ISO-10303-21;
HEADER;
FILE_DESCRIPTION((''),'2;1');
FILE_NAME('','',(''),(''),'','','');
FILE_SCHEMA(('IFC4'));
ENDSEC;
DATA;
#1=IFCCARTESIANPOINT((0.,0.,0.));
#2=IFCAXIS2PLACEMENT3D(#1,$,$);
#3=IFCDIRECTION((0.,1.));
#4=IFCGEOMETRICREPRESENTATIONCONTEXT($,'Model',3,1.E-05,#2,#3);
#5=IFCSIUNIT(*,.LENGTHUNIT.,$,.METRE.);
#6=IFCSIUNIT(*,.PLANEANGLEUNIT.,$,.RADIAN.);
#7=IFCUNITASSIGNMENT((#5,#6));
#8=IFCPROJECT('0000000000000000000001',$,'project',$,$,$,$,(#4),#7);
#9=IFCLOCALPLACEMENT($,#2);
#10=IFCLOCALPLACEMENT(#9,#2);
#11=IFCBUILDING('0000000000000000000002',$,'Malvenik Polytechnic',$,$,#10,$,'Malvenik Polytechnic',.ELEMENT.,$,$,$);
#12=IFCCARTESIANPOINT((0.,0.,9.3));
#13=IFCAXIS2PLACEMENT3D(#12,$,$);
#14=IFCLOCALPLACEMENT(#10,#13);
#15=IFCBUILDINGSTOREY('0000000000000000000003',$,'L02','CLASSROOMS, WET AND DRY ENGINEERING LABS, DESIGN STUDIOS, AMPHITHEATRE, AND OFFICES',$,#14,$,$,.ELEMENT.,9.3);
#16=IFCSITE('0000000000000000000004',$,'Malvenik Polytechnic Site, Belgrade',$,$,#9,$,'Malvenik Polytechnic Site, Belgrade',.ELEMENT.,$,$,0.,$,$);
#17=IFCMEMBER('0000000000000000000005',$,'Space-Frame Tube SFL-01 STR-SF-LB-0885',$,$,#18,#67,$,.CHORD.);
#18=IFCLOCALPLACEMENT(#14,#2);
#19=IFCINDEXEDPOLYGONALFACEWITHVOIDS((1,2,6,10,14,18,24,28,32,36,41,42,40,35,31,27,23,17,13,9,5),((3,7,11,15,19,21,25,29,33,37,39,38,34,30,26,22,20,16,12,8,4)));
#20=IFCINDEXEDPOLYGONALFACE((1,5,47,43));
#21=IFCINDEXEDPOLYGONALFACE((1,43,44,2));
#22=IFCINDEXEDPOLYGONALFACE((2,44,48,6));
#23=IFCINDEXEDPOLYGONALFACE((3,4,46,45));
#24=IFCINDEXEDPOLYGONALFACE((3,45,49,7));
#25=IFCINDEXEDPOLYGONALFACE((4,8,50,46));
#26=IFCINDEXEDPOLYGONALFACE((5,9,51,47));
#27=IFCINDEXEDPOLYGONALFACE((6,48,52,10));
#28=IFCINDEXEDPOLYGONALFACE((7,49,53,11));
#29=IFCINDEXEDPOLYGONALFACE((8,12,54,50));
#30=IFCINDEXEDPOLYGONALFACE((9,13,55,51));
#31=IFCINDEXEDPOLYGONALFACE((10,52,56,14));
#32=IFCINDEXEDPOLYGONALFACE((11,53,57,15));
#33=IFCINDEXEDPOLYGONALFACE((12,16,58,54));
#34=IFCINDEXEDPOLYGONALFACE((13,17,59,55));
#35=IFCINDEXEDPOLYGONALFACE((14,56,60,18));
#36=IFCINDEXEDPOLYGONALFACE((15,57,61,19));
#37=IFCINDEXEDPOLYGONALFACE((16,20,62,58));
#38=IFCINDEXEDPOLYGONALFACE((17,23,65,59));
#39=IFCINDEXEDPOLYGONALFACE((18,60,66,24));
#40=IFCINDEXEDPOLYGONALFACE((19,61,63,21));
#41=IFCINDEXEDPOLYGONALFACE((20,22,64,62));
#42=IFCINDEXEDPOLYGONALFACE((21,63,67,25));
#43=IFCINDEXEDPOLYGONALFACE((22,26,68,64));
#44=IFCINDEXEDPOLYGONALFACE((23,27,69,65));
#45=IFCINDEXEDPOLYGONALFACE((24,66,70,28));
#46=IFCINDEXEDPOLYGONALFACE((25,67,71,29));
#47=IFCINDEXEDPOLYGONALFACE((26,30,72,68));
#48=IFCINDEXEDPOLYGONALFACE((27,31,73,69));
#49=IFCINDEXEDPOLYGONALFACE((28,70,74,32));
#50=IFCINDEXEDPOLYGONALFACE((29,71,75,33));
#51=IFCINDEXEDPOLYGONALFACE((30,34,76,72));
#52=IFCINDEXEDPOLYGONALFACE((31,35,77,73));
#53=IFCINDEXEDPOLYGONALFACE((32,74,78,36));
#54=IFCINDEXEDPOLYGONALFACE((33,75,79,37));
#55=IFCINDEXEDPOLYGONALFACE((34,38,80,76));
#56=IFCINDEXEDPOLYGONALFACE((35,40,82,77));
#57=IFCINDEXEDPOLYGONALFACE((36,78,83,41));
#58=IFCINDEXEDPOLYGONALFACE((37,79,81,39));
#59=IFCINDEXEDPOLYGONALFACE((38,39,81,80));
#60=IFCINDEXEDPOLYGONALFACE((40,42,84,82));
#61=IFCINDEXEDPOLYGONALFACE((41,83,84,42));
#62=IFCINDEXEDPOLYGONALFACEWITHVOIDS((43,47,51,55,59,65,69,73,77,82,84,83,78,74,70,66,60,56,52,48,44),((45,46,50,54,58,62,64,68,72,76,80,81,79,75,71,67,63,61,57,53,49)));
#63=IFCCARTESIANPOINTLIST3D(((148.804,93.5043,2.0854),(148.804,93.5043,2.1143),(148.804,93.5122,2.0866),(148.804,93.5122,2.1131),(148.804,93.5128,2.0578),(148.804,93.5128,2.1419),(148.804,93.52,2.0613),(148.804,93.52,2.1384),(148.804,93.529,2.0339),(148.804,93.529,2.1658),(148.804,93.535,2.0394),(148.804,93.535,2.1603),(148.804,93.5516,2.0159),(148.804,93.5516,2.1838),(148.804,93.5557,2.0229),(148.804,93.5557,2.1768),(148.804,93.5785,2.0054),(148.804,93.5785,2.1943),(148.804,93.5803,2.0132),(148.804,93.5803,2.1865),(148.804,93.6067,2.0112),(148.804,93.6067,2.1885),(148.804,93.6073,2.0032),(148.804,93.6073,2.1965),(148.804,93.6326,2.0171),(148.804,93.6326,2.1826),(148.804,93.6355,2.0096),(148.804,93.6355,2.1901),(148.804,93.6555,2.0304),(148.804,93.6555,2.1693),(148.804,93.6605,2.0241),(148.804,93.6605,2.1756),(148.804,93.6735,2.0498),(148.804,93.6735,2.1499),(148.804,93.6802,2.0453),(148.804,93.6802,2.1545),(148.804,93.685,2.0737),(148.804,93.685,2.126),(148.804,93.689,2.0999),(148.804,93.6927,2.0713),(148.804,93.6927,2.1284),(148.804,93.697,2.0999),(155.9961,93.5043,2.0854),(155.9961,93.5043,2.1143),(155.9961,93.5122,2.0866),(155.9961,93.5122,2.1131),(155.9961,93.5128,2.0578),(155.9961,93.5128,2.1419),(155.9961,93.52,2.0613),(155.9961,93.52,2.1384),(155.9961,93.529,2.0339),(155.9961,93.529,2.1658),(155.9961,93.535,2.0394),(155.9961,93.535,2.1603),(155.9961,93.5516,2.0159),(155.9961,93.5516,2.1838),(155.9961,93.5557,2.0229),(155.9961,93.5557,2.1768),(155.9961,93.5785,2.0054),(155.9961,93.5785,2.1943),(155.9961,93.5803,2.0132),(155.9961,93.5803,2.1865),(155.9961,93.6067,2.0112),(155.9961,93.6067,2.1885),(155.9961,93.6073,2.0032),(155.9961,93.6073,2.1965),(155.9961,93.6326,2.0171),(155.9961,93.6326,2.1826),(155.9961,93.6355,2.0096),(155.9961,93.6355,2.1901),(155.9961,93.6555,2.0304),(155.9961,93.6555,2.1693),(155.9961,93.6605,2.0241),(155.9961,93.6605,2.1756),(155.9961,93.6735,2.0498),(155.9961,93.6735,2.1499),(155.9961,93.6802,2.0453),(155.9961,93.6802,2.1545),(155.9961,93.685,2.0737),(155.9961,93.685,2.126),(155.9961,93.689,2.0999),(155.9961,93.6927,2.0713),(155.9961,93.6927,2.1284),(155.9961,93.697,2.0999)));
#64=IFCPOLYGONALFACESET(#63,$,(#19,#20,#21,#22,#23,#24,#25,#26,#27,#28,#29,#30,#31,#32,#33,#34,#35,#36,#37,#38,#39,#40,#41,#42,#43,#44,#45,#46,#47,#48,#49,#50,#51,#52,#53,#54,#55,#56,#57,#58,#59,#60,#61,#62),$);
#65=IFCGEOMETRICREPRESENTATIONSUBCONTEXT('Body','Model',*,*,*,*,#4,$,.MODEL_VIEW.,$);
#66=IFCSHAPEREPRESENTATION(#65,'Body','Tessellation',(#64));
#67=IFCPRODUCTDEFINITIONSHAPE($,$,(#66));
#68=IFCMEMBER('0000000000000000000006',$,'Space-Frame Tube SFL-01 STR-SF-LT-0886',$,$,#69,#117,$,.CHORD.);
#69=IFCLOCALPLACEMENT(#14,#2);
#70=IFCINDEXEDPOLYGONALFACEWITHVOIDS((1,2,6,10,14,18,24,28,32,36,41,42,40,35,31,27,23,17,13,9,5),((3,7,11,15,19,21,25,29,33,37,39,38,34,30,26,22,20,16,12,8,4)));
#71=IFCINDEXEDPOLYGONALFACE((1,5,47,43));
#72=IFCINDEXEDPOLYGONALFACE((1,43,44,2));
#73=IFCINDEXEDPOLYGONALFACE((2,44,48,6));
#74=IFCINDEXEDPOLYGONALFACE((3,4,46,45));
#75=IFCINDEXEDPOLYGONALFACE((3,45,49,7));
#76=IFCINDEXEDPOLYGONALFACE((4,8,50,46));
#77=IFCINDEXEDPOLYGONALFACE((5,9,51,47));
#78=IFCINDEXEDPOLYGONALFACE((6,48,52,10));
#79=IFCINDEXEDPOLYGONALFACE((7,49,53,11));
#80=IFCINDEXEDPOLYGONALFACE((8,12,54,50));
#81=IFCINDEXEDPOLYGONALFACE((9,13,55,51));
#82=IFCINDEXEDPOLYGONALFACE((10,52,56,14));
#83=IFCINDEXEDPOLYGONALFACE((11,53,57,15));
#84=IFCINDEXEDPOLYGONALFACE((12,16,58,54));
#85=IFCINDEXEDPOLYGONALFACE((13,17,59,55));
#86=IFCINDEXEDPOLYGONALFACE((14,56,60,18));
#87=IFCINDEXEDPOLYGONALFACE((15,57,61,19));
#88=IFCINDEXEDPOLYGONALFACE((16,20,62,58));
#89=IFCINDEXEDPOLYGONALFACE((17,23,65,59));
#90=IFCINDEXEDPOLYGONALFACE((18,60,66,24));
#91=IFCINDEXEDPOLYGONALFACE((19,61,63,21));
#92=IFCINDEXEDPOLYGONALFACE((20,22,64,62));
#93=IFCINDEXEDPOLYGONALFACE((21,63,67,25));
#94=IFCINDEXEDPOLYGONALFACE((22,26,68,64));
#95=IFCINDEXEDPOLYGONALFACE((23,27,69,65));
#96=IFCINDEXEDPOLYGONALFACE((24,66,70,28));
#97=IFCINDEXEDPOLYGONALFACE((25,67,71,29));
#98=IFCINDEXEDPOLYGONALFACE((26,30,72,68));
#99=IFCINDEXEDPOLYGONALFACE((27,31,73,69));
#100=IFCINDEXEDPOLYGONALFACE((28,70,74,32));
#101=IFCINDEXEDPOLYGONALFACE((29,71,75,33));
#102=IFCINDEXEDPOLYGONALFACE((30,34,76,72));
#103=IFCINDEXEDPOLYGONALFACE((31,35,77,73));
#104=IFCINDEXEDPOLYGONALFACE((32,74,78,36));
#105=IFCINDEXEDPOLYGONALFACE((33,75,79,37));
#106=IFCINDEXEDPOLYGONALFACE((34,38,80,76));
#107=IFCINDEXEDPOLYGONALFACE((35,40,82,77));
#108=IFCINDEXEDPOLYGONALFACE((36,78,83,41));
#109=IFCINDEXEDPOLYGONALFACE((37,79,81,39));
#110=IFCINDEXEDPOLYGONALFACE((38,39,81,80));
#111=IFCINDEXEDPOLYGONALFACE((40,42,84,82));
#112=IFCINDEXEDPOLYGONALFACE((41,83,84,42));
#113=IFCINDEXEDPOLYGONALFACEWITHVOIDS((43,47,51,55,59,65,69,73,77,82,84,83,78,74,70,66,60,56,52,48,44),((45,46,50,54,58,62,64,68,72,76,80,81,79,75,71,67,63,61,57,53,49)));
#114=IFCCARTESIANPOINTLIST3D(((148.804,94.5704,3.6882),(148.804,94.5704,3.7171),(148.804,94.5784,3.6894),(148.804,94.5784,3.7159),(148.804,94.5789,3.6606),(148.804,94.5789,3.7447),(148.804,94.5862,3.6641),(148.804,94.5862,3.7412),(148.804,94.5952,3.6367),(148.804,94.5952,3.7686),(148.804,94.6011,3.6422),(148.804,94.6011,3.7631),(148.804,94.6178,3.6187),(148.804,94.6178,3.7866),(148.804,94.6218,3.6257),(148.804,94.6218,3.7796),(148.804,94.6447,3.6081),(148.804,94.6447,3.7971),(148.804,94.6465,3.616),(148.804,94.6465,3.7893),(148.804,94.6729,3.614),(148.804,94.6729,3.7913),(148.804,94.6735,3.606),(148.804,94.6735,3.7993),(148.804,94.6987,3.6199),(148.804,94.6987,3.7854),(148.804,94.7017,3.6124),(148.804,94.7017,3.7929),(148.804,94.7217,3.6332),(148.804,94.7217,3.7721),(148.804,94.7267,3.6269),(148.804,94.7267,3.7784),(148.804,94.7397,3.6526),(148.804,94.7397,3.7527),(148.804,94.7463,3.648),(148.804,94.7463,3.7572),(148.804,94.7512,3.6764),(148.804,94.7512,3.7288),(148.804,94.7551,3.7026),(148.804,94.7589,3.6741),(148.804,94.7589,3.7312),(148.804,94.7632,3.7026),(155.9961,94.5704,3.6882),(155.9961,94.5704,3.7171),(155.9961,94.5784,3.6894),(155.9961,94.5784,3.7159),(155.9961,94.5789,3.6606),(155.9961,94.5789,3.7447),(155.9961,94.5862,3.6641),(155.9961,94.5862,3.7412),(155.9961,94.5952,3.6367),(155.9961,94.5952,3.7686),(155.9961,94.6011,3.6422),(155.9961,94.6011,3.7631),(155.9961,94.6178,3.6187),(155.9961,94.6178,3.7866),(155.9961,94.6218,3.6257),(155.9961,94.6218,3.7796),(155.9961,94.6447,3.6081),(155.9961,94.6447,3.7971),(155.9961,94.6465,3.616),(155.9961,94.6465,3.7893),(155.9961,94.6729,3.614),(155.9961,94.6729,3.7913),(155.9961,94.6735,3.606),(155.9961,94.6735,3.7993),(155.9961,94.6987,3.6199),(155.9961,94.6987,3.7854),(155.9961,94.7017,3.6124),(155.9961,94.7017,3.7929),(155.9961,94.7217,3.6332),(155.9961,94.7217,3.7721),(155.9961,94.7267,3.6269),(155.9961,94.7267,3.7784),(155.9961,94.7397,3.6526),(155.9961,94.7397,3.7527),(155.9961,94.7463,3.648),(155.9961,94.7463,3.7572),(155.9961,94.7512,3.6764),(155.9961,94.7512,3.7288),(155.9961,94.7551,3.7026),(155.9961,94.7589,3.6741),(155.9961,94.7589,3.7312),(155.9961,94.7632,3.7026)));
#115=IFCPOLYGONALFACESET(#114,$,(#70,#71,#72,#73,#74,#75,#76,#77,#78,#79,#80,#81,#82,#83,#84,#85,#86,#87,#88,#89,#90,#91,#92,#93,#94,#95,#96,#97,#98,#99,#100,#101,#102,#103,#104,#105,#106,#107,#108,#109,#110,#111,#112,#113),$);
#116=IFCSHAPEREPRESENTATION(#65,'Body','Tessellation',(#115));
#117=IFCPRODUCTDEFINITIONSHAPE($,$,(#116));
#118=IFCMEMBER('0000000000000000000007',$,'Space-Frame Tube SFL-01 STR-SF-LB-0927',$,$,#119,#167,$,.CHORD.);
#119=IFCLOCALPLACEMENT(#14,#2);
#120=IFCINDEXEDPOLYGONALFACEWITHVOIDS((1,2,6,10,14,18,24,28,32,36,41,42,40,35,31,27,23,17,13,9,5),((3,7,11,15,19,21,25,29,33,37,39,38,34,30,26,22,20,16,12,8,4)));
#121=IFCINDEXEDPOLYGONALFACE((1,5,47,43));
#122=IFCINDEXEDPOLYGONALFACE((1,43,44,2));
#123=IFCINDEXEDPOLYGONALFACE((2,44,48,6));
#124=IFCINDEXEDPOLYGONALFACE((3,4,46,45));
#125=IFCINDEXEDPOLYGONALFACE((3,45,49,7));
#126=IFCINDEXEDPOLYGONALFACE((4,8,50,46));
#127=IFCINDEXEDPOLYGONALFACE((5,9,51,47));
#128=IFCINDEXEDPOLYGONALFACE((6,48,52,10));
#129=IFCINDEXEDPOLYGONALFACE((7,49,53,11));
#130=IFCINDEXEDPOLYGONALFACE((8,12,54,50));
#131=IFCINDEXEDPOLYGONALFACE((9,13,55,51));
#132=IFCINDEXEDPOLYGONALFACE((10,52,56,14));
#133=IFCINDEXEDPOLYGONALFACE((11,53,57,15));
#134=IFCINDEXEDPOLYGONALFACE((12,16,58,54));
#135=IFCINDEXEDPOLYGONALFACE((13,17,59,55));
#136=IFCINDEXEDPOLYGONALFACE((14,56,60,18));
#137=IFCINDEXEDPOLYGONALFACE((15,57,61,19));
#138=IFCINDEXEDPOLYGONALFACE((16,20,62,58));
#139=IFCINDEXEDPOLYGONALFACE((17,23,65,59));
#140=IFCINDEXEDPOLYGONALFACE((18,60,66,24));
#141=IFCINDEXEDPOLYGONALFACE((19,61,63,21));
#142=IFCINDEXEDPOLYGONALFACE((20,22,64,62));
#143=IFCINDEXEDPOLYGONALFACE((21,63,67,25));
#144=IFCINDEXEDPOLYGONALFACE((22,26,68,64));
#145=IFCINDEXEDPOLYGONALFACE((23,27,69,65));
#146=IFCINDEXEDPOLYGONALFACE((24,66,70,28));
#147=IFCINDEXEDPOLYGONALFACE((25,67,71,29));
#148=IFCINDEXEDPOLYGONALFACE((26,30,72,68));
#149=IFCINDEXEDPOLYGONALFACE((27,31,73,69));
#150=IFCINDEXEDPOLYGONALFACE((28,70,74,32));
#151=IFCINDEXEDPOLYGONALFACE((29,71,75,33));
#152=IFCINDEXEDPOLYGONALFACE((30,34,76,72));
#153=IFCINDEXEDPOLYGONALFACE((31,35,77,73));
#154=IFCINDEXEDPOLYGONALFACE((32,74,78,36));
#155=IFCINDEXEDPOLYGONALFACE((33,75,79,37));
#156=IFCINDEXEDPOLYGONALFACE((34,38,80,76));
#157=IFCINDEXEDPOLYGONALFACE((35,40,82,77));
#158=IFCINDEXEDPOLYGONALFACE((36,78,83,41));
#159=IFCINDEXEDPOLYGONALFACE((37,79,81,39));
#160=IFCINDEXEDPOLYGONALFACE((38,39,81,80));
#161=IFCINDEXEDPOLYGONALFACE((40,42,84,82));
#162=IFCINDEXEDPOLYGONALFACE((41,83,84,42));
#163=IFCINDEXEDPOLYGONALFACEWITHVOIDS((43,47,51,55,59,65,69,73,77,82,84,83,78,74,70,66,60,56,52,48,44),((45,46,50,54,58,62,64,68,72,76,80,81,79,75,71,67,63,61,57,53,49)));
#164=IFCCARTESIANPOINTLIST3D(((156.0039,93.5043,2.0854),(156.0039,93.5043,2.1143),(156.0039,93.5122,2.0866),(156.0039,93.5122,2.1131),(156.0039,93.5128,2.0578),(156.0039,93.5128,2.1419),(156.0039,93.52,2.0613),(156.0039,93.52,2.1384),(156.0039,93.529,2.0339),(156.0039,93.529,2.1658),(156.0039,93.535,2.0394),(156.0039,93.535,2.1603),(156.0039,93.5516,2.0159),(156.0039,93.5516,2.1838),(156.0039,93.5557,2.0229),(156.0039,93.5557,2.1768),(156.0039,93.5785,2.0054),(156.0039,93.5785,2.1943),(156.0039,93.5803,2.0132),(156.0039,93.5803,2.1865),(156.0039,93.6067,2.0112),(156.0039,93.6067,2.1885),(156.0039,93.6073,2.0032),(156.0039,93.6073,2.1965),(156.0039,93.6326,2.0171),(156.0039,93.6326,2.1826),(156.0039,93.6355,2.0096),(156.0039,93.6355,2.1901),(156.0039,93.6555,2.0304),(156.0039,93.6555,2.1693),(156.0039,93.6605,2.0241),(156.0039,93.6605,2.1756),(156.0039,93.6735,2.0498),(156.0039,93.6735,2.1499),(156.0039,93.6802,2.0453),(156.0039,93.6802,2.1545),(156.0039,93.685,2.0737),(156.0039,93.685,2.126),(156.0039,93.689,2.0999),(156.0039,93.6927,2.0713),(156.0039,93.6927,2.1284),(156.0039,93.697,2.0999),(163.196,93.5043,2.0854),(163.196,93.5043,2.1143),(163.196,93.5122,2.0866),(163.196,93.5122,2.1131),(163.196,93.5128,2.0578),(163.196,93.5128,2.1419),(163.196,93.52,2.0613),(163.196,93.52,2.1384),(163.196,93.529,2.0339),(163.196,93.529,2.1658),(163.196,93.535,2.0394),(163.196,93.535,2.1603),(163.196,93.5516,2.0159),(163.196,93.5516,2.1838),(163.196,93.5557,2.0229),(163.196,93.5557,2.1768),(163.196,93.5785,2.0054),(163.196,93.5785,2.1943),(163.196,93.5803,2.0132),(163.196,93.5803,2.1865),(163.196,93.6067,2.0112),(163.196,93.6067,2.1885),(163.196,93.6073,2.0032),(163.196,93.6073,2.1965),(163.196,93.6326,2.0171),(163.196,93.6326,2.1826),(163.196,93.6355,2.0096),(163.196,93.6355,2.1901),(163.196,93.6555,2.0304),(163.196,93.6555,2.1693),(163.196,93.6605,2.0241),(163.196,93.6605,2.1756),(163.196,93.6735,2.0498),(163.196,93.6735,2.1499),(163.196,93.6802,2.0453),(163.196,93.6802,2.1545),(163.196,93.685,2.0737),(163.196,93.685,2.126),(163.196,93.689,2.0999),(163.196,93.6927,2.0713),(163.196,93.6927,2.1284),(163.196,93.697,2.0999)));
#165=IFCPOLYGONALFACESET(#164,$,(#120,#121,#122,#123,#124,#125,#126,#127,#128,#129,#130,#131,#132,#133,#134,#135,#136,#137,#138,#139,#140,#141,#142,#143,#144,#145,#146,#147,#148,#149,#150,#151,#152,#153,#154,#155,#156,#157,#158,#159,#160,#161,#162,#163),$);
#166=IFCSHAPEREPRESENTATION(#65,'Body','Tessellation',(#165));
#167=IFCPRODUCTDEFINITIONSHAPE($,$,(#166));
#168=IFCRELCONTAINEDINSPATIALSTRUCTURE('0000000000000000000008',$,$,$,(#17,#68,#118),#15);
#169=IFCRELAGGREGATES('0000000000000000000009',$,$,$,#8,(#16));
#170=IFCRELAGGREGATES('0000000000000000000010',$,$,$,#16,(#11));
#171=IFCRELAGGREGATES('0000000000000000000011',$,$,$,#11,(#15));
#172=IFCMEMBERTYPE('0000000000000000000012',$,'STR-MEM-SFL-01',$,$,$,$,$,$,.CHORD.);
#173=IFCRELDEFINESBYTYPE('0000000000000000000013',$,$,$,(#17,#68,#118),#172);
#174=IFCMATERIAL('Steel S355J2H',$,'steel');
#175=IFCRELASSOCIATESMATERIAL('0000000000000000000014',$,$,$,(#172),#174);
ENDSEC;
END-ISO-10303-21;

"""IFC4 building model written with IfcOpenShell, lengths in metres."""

from ifc_helpers import new_model, si_unit, direction, frame, origin, origin_2d, place, context, subcontext, project, spatial, hollow_circle, extrude, material, material_profile, profile_set, type_object, element, save


model = new_model("IFC4")

# Units and contexts
model_context = context("Model", 3, precision=1e-05, world=origin(), true_north=direction((0.0, 1.0)))
body_context = subcontext(model_context, "Body", "Model", "MODEL_VIEW")
ifc_project = project(units=[si_unit("LENGTHUNIT", "METRE"), si_unit("PLANEANGLEUNIT", "RADIAN")], contexts=[model_context])

# Site, building, storey
site_placement = place(None, origin())
site = spatial("IfcSite", under=ifc_project, at=site_placement, Name="Malvenik Polytechnic Site, Belgrade", LongName="Malvenik Polytechnic Site, Belgrade", CompositionType="ELEMENT", RefElevation=0.0)
building_placement = place(site_placement, origin())
building = spatial("IfcBuilding", under=site, at=building_placement, Name="Malvenik Polytechnic", LongName="Malvenik Polytechnic", CompositionType="ELEMENT")
storey_placement = place(building_placement, frame((0.0, 0.0, 9.3)))
storey = spatial("IfcBuildingStorey", under=building, at=storey_placement, Name="L02", Description="CLASSROOMS, WET AND DRY ENGINEERING LABS, DESIGN STUDIOS, AMPHITHEATRE, AND OFFICES", CompositionType="ELEMENT", Elevation=9.3)

# Members
ifc_material_1 = material(Name="Steel S355J2H", Category="steel")
ifc_material_profile_1 = material_profile(ifc_material_1, hollow_circle(Radius=0.0969, WallThickness=0.0081, at=origin_2d()), Name="CHS 193.7x8.0")
ifc_profile_set_1 = profile_set([ifc_material_profile_1], Name="Steel S355J2H")
member_type_1 = type_object("IfcMemberType", Name="STR-MEM-SFL-01", PredefinedType="CHORD", material=ifc_profile_set_1)
for number, where, z_axis, x_axis, name in (
    (1, (148.804, 93.6001, 2.0999), (1.0, 0.0, 0.0), (0.0, 1.0, 0.0), "Space-Frame Tube SFL-01 STR-SF-LB-0885"),
    (2, (148.804, 94.6663, 3.7026), (1.0, 0.0, 0.0), (0.0, 1.0, 0.0), "Space-Frame Tube SFL-01 STR-SF-LT-0886"),
    (3, (156.0039, 93.6001, 2.0999), (1.0, 0.0, 0.0), (0.0, 1.0, 0.0), "Space-Frame Tube SFL-01 STR-SF-LB-0927"),
):
    element("IfcMember", number, at=place(storey_placement, frame(where, z_axis=z_axis, x_axis=x_axis)), inside=storey, type_object=member_type_1, Name=name, PredefinedType="CHORD", context=body_context, shape_type="SweptSolid", body=[
        extrude(hollow_circle(Radius=0.0969, WallThickness=0.0081, at=origin_2d()), origin(), (0.0, 0.0, 1.0), 7.1921),
    ])

save(model, "model.ifc")
